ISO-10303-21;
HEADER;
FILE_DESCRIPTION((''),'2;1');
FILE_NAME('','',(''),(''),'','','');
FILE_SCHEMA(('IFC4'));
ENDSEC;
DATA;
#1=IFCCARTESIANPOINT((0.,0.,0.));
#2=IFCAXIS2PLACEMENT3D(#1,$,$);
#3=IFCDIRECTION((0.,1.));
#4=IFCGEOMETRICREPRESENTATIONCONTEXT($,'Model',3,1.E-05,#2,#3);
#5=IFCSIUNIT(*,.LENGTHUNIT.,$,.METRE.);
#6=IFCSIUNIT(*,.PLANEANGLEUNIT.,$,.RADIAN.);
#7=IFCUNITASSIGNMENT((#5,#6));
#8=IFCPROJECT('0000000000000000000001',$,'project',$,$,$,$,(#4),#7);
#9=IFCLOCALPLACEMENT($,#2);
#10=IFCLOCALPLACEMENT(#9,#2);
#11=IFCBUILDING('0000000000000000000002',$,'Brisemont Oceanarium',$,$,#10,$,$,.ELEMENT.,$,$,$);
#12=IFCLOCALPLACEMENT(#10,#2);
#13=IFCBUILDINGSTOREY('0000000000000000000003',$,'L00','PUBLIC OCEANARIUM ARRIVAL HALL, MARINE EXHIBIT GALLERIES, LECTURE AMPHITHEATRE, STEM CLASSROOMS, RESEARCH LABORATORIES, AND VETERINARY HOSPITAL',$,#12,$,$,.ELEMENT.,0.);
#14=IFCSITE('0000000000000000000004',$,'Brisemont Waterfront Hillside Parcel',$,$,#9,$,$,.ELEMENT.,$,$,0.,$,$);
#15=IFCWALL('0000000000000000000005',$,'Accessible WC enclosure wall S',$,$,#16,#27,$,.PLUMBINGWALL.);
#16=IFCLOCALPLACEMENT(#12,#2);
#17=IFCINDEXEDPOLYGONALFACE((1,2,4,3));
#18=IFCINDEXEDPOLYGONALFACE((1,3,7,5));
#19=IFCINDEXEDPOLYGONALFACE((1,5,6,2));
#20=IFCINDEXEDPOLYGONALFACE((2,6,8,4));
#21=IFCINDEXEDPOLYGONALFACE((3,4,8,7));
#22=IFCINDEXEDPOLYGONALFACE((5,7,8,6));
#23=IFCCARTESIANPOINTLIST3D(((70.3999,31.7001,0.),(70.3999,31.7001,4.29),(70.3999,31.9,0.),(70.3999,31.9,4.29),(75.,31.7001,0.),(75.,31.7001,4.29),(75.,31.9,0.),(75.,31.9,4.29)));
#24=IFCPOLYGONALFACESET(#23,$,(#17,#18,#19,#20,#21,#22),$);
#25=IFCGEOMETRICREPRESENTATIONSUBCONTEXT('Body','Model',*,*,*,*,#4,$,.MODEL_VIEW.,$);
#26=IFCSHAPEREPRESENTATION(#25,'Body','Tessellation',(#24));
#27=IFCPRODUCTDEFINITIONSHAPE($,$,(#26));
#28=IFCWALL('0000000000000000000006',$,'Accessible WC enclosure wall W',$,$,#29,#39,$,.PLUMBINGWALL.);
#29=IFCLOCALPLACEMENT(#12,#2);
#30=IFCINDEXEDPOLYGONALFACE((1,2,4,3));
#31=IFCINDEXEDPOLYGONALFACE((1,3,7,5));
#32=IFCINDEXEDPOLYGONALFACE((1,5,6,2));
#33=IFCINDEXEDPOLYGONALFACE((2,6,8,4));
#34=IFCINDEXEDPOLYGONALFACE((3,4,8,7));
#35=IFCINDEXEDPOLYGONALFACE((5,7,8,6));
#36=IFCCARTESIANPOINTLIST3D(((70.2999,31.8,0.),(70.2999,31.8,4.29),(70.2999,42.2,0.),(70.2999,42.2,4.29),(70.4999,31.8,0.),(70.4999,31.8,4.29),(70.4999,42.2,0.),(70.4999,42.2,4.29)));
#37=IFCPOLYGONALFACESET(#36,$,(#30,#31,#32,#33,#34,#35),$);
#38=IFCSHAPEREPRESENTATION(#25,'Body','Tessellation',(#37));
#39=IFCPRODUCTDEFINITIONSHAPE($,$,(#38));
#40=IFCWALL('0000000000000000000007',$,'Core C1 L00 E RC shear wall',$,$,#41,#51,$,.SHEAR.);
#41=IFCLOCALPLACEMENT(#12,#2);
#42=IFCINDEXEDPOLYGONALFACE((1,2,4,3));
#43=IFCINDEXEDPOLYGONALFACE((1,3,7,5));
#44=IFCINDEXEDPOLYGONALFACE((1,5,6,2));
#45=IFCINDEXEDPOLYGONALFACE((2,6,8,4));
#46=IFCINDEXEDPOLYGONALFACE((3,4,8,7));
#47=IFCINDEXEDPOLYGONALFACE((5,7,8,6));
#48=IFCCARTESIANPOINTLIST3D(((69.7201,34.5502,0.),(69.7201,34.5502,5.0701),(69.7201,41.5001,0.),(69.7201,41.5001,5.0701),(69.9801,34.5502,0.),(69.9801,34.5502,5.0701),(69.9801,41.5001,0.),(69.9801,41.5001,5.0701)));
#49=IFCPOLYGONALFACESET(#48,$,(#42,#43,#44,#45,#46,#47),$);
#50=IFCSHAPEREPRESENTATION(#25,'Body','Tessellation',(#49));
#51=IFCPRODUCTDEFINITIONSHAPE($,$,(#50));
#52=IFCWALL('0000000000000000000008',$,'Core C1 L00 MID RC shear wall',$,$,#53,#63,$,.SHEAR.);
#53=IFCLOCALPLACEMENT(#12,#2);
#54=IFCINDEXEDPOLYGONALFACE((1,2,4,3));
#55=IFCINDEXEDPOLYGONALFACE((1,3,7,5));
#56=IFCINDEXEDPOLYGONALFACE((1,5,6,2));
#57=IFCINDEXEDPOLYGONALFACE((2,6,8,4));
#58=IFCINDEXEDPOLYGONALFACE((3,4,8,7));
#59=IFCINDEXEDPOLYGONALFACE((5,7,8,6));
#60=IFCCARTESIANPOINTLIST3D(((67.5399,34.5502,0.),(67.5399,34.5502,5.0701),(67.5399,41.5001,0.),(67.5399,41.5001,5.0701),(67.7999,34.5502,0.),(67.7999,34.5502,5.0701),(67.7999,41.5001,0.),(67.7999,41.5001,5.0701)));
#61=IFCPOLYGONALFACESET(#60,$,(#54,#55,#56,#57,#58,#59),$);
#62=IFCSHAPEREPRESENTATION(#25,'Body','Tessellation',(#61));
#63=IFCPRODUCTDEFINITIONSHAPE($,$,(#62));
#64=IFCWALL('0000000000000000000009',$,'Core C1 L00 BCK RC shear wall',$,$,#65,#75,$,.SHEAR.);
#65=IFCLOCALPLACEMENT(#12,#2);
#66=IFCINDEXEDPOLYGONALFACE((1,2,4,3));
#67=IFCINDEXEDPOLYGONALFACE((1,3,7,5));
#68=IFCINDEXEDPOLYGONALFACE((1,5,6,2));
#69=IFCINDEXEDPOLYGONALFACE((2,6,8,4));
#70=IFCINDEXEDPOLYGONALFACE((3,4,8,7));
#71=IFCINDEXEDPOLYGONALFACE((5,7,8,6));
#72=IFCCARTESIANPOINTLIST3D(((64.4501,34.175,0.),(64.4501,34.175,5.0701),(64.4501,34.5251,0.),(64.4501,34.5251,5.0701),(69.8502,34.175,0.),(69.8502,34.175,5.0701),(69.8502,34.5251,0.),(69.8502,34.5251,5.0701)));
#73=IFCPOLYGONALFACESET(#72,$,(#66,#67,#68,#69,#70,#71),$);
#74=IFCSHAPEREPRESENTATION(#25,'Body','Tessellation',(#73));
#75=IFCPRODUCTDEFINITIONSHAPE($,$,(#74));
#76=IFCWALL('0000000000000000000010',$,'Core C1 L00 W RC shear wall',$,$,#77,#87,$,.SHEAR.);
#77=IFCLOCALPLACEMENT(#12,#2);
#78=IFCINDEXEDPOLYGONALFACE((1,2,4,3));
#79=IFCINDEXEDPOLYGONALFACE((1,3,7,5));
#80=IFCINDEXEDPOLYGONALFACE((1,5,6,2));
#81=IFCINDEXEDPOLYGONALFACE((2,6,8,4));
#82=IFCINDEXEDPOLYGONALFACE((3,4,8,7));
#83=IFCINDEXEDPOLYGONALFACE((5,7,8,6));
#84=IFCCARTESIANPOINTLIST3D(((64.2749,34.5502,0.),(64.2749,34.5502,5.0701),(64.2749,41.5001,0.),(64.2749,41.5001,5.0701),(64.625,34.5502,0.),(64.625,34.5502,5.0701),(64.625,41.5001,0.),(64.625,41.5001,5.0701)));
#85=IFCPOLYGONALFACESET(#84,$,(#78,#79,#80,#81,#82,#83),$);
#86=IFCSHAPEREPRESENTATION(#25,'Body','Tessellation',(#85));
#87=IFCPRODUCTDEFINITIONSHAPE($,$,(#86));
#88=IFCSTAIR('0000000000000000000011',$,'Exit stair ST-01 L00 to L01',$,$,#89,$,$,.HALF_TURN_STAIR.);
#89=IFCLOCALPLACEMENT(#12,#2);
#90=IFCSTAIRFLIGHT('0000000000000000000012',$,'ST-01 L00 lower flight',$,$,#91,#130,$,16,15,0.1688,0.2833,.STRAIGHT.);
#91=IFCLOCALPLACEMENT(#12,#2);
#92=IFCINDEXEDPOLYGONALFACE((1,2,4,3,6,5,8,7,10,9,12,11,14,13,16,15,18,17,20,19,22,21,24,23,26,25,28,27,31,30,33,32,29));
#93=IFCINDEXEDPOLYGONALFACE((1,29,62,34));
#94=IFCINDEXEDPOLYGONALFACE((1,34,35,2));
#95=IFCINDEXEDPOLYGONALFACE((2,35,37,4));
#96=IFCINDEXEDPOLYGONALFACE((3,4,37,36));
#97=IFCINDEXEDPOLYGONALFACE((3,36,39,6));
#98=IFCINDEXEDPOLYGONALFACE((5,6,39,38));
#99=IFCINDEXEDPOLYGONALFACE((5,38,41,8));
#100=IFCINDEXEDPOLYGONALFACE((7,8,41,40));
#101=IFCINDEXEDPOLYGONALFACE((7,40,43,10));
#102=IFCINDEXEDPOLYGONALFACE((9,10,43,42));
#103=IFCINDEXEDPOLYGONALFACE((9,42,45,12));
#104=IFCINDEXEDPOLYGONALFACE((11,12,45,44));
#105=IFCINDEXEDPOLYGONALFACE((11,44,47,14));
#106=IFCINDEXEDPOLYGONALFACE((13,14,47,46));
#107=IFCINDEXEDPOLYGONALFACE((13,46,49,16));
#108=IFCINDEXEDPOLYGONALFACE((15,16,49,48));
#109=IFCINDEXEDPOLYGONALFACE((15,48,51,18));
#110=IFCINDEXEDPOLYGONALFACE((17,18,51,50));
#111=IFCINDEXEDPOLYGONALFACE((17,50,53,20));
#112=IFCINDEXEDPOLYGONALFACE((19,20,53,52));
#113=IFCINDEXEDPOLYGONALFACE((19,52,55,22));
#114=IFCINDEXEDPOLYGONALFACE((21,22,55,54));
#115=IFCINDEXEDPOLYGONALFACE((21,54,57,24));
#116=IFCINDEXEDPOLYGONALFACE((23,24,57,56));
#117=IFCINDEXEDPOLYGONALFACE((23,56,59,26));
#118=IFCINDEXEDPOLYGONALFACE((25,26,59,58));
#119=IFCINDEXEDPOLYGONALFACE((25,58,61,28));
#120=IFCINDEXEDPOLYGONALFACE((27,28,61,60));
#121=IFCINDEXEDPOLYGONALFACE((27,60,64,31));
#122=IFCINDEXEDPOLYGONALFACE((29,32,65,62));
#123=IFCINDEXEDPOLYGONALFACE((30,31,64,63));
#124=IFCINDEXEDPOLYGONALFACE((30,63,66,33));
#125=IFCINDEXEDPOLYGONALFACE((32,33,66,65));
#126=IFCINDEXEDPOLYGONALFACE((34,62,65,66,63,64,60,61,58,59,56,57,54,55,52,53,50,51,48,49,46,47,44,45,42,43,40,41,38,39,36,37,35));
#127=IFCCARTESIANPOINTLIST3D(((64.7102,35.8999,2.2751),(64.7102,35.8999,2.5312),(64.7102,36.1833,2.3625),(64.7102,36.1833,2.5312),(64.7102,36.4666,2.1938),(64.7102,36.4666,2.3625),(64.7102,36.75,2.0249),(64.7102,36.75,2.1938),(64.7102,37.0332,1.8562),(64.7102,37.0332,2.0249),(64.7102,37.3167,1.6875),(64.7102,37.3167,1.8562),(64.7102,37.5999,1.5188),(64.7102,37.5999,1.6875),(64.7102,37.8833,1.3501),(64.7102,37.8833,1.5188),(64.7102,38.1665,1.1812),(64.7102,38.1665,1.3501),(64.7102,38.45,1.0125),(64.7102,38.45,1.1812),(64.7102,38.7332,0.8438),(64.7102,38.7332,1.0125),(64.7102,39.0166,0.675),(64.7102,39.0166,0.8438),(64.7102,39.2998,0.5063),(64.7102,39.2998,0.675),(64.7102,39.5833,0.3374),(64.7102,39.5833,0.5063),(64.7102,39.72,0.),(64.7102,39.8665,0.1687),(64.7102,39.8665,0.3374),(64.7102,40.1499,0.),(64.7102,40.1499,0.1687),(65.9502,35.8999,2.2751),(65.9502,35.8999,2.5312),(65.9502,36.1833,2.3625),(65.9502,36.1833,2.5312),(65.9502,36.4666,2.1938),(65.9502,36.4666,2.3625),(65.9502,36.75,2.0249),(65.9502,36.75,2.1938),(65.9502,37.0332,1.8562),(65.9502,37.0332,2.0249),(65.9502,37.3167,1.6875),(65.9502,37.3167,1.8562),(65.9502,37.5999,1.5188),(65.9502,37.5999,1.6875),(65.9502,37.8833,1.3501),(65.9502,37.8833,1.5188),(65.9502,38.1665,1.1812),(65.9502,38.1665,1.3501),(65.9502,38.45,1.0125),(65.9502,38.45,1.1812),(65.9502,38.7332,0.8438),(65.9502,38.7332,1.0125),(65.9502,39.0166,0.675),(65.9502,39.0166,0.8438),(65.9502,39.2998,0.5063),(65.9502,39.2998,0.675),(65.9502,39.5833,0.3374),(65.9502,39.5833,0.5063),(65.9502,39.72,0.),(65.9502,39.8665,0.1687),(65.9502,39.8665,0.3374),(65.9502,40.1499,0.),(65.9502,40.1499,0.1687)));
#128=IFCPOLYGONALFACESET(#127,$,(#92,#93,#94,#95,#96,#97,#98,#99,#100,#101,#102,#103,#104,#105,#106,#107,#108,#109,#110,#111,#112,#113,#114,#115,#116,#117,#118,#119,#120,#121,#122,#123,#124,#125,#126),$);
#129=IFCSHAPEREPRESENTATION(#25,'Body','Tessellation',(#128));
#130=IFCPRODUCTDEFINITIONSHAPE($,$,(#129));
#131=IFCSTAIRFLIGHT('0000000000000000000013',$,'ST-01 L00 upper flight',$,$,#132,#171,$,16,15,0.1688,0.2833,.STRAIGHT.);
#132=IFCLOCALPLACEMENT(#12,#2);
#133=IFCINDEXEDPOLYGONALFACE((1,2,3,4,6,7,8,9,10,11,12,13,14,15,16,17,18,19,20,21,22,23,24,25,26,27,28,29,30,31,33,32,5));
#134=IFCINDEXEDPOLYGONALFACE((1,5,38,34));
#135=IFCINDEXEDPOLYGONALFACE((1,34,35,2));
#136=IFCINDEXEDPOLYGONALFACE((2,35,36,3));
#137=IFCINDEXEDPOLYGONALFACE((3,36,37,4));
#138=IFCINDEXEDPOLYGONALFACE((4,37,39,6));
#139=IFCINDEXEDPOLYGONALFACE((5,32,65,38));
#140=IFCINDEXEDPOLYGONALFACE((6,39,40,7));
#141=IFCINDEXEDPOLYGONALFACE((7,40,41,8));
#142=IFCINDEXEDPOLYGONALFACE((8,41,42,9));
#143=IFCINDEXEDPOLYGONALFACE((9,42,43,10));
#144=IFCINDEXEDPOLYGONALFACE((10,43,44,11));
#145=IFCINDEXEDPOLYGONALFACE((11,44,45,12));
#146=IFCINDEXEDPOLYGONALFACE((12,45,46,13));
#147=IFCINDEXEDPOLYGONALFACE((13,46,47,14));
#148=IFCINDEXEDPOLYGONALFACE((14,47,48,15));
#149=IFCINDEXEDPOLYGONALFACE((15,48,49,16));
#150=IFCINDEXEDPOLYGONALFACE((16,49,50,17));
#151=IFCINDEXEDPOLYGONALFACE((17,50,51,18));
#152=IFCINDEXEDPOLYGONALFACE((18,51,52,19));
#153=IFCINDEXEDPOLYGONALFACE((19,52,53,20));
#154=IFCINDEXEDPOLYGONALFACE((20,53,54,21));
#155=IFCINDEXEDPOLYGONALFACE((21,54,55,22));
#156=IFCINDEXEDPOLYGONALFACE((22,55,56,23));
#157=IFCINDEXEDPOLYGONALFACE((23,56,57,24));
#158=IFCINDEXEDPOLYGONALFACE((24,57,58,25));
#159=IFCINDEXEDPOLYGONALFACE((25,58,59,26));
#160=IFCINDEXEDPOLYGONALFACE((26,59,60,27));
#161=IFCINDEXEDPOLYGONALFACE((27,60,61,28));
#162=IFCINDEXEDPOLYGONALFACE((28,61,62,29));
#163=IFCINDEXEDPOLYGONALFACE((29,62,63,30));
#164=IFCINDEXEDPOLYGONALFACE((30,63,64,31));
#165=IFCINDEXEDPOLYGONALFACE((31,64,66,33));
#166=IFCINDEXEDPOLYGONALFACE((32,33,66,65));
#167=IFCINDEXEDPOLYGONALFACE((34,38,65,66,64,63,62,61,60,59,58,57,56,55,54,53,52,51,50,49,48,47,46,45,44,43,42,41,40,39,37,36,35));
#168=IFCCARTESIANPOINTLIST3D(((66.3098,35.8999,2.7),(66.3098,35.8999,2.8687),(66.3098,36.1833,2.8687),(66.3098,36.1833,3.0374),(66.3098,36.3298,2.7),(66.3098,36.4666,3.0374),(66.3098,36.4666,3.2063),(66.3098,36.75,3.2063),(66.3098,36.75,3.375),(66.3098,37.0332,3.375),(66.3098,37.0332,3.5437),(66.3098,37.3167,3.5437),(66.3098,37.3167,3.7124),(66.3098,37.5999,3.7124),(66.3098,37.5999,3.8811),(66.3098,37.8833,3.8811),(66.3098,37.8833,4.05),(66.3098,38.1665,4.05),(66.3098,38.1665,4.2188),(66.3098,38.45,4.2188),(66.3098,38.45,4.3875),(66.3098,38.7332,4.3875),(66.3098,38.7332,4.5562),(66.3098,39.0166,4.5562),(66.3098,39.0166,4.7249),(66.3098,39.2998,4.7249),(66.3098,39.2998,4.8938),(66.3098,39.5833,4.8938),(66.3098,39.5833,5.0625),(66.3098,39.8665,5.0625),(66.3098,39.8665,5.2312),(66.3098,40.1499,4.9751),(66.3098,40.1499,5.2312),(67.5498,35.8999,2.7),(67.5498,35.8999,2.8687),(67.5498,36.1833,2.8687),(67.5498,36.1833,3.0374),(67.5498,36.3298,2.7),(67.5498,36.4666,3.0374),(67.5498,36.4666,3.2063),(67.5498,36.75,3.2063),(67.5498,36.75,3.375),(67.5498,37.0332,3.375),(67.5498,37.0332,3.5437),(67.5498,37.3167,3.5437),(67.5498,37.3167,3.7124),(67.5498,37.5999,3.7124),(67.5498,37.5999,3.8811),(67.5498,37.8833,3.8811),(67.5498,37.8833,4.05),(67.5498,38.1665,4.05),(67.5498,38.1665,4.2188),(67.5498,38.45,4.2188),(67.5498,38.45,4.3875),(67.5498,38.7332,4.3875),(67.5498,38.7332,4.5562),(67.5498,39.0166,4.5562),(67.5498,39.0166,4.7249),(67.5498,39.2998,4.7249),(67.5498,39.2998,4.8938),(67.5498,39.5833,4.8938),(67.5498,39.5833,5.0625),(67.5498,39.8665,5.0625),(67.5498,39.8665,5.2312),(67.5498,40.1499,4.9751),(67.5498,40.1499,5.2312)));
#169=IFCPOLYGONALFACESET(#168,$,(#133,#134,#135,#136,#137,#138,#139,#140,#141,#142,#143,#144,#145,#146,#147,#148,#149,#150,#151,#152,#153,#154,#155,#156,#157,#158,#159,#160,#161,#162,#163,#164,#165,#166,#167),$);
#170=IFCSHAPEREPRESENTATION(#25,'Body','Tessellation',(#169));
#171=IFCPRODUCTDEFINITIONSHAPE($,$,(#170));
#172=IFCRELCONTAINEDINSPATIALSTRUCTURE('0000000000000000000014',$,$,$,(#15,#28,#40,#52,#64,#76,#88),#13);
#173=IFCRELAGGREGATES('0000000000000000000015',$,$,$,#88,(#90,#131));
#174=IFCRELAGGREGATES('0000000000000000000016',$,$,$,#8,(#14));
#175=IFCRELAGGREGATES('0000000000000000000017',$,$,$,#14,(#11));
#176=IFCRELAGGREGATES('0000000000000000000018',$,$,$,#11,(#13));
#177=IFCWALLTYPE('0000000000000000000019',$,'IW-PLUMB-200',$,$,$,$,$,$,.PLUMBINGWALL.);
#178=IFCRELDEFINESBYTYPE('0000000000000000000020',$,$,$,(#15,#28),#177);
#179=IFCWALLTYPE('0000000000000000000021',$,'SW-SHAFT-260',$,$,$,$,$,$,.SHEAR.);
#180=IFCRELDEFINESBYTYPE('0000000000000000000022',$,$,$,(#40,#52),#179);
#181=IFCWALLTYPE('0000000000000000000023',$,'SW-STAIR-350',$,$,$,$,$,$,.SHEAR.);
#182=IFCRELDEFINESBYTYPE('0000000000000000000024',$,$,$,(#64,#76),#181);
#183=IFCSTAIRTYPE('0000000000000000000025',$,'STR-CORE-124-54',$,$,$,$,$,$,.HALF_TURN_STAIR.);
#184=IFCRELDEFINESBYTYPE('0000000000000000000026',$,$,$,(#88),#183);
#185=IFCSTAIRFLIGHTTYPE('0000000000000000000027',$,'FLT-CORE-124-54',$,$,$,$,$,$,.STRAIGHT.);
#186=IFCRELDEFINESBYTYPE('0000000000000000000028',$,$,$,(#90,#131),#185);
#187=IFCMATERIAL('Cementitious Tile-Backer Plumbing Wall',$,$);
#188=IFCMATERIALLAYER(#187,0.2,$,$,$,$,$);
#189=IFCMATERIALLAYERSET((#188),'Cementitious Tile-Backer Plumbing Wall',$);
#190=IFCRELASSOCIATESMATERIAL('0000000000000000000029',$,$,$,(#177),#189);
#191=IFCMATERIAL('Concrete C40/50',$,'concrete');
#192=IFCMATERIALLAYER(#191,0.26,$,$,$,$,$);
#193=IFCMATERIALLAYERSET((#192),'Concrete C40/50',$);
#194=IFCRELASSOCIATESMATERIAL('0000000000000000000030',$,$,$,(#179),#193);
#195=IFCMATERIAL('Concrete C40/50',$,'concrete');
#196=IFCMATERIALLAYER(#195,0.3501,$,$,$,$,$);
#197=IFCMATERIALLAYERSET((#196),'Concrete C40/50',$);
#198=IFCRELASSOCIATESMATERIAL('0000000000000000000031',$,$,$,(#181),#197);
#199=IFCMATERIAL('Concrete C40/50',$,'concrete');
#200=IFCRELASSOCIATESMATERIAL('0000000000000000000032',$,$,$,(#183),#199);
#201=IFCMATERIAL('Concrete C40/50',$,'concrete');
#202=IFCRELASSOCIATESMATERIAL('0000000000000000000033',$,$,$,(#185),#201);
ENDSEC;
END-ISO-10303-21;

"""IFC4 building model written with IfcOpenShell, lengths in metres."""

from ifc_helpers import new_model, si_unit, direction, frame, frame_2d, origin, place, context, subcontext, project, spatial, polyline, rectangle, outline, extrude, material, layer, layer_set, type_object, element, aggregate, save


model = new_model("IFC4")

# Units and contexts
model_context = context("Model", 3, precision=1e-05, world=origin(), true_north=direction((0.0, 1.0)))
body_context = subcontext(model_context, "Body", "Model", "MODEL_VIEW")
ifc_project = project(units=[si_unit("LENGTHUNIT", "METRE"), si_unit("PLANEANGLEUNIT", "RADIAN")], contexts=[model_context])

# Site, building, storey
site_placement = place(None, origin())
site = spatial("IfcSite", under=ifc_project, at=site_placement, Name="Brisemont Waterfront Hillside Parcel", CompositionType="ELEMENT", RefElevation=0.0)
building_placement = place(site_placement, origin())
building = spatial("IfcBuilding", under=site, at=building_placement, Name="Brisemont Oceanarium", CompositionType="ELEMENT")
storey_placement = place(building_placement, origin())
storey = spatial("IfcBuildingStorey", under=building, at=storey_placement, Name="L00", Description="PUBLIC OCEANARIUM ARRIVAL HALL, MARINE EXHIBIT GALLERIES, LECTURE AMPHITHEATRE, STEM CLASSROOMS, RESEARCH LABORATORIES, AND VETERINARY HOSPITAL", CompositionType="ELEMENT", Elevation=0.0)

# Walls
ifc_material_1 = material(Name="Cementitious Tile-Backer Plumbing Wall")
ifc_layer_1 = layer(ifc_material_1, 0.2)
ifc_layer_set_1 = layer_set([ifc_layer_1], Name="Cementitious Tile-Backer Plumbing Wall")
wall_type_1 = type_object("IfcWallType", Name="IW-PLUMB-200", PredefinedType="PLUMBINGWALL", material=ifc_layer_set_1)
wall_1_placement = place(storey_placement, frame((70.3999, 31.8, 0.0), z_axis=(0.0, 0.0, 1.0), x_axis=(1.0, 0.0, 0.0)))
element("IfcWall", 1, at=wall_1_placement, inside=storey, type_object=wall_type_1, Name="Accessible WC enclosure wall S", PredefinedType="PLUMBINGWALL", context=body_context, shape_type="SweptSolid", body=[
    extrude(rectangle(XDim=4.6001, YDim=0.2, at=frame_2d((2.3, 0.0))), origin(), (0.0, 0.0, 1.0), 4.29),
])
wall_2_placement = place(storey_placement, frame((70.3999, 31.8, 0.0), z_axis=(0.0, 0.0, 1.0), x_axis=(0.0, 1.0, 0.0)))
element("IfcWall", 2, at=wall_2_placement, inside=storey, type_object=wall_type_1, Name="Accessible WC enclosure wall W", PredefinedType="PLUMBINGWALL", context=body_context, shape_type="SweptSolid", body=[
    extrude(rectangle(XDim=10.3999, YDim=0.2, at=frame_2d((5.2, 0.0))), origin(), (0.0, 0.0, 1.0), 4.29),
])
ifc_material_2 = material(Name="Concrete C40/50", Category="concrete")
ifc_layer_2 = layer(ifc_material_2, 0.26)
ifc_layer_set_2 = layer_set([ifc_layer_2], Name="Concrete C40/50")
wall_type_2 = type_object("IfcWallType", Name="SW-SHAFT-260", PredefinedType="SHEAR", material=ifc_layer_set_2)
for number, where, z_axis, x_axis, name in (
    (3, (69.8501, 34.55, 0.0), (0.0, 0.0, 1.0), (0.0, 1.0, 0.0), "Core C1 L00 E RC shear wall"),
    (4, (67.6699, 34.55, 0.0), (0.0, 0.0, 1.0), (0.0, 1.0, 0.0), "Core C1 L00 MID RC shear wall"),
):
    element("IfcWall", number, at=place(storey_placement, frame(where, z_axis=z_axis, x_axis=x_axis)), inside=storey, type_object=wall_type_2, Name=name, PredefinedType="SHEAR", context=body_context, shape_type="SweptSolid", body=[
        extrude(rectangle(XDim=6.95, YDim=0.26, at=frame_2d((3.4751, 0.0))), origin(), (0.0, 0.0, 1.0), 5.0701),
    ])
ifc_material_3 = material(Name="Concrete C40/50", Category="concrete")
ifc_layer_3 = layer(ifc_material_3, 0.3501)
ifc_layer_set_3 = layer_set([ifc_layer_3], Name="Concrete C40/50")
wall_type_3 = type_object("IfcWallType", Name="SW-STAIR-350", PredefinedType="SHEAR", material=ifc_layer_set_3)
wall_3_placement = place(storey_placement, frame((64.45, 34.3501, 0.0), z_axis=(0.0, 0.0, 1.0), x_axis=(1.0, 0.0, 0.0)))
element("IfcWall", 5, at=wall_3_placement, inside=storey, type_object=wall_type_3, Name="Core C1 L00 BCK RC shear wall", PredefinedType="SHEAR", context=body_context, shape_type="SweptSolid", body=[
    extrude(rectangle(XDim=5.4001, YDim=0.3501, at=frame_2d((2.7002, 0.0))), origin(), (0.0, 0.0, 1.0), 5.0701),
])
wall_4_placement = place(storey_placement, frame((64.45, 34.55, 0.0), z_axis=(0.0, 0.0, 1.0), x_axis=(0.0, 1.0, 0.0)))
element("IfcWall", 6, at=wall_4_placement, inside=storey, type_object=wall_type_3, Name="Core C1 L00 W RC shear wall", PredefinedType="SHEAR", context=body_context, shape_type="SweptSolid", body=[
    extrude(rectangle(XDim=6.95, YDim=0.3501, at=frame_2d((3.4751, 0.0))), origin(), (0.0, 0.0, 1.0), 5.0701),
])

# Stair, stair flights
ifc_material_4 = material(Name="Concrete C40/50", Category="concrete")
stair_type = type_object("IfcStairType", Name="STR-CORE-124-54", PredefinedType="HALF_TURN_STAIR", material=ifc_material_4)
stair_placement = place(storey_placement, origin())
stair = element("IfcStair", 7, at=stair_placement, inside=storey, type_object=stair_type, Name="Exit stair ST-01 L00 to L01", PredefinedType="HALF_TURN_STAIR")
ifc_material_5 = material(Name="Concrete C40/50", Category="concrete")
stair_flight_type = type_object("IfcStairFlightType", Name="FLT-CORE-124-54", PredefinedType="STRAIGHT", material=ifc_material_5)
stair_flight_1_placement = place(storey_placement, frame((65.3301, 40.1499, 0.0), z_axis=(0.0, 0.0, 1.0), x_axis=(0.0, -1.0, 0.0)))
stair_flight_1 = element("IfcStairFlight", 8, at=stair_flight_1_placement, type_object=stair_flight_type, Name="ST-01 L00 lower flight", NumberOfRisers=16, NumberOfTreads=15, PredefinedType="STRAIGHT", RiserHeight=0.1688, TreadLength=0.2833, context=body_context, shape_type="SweptSolid", body=[
    extrude(outline(polyline([(0.0, 0.0), (0.0, 0.1687), (0.2834, 0.1687), (0.2834, 0.3374), (0.5667, 0.3374), (0.5667, 0.5063), (0.8501, 0.5063), (0.8501, 0.675), (1.1333, 0.675), (1.1333, 0.8438), (1.4167, 0.8438), (1.4167, 1.0125), (1.7, 1.0125), (1.7, 1.1812), (1.9834, 1.1812), (1.9834, 1.3501), (2.2666, 1.3501), (2.2666, 1.5188), (2.55, 1.5188), (2.55, 1.6875), (2.8333, 1.6875), (2.8333, 1.8562), (3.1167, 1.8562), (3.1167, 2.0249), (3.3999, 2.0249), (3.3999, 2.1938), (3.6833, 2.1938), (3.6833, 2.3625), (3.9666, 2.3625), (3.9666, 2.5312), (4.25, 2.5312), (4.25, 2.7), (4.25, 2.2751), (0.4299, 0.0), (0.0, 0.0)])), frame((0.0, 0.6201, 0.0), z_axis=(0.0, -1.0, 0.0), x_axis=(1.0, 0.0, 0.0)), (0.0, 0.0, 1.0), 1.24),
])
stair_flight_2_placement = place(storey_placement, frame((66.9299, 35.8999, 2.7), z_axis=(0.0, 0.0, 1.0), x_axis=(0.0, 1.0, 0.0)))
stair_flight_2 = element("IfcStairFlight", 9, at=stair_flight_2_placement, type_object=stair_flight_type, Name="ST-01 L00 upper flight", NumberOfRisers=16, NumberOfTreads=15, PredefinedType="STRAIGHT", RiserHeight=0.1688, TreadLength=0.2833, context=body_context, shape_type="SweptSolid", body=[
    extrude(outline(polyline([(0.0, 0.0), (0.0, 0.1687), (0.2834, 0.1687), (0.2834, 0.3374), (0.5667, 0.3374), (0.5667, 0.5063), (0.8501, 0.5063), (0.8501, 0.675), (1.1333, 0.675), (1.1333, 0.8438), (1.4167, 0.8438), (1.4167, 1.0125), (1.7, 1.0125), (1.7, 1.1812), (1.9834, 1.1812), (1.9834, 1.3501), (2.2666, 1.3501), (2.2666, 1.5188), (2.55, 1.5188), (2.55, 1.6875), (2.8333, 1.6875), (2.8333, 1.8562), (3.1167, 1.8562), (3.1167, 2.0249), (3.3999, 2.0249), (3.3999, 2.1938), (3.6833, 2.1938), (3.6833, 2.3625), (3.9666, 2.3625), (3.9666, 2.5312), (4.25, 2.5312), (4.25, 2.7), (4.25, 2.2751), (0.4299, 0.0), (0.0, 0.0)])), frame((0.0, 0.6201, 0.0), z_axis=(0.0, -1.0, 0.0), x_axis=(1.0, 0.0, 0.0)), (0.0, 0.0, 1.0), 1.24),
])
aggregate(stair, [stair_flight_1, stair_flight_2])

save(model, "model.ifc")
